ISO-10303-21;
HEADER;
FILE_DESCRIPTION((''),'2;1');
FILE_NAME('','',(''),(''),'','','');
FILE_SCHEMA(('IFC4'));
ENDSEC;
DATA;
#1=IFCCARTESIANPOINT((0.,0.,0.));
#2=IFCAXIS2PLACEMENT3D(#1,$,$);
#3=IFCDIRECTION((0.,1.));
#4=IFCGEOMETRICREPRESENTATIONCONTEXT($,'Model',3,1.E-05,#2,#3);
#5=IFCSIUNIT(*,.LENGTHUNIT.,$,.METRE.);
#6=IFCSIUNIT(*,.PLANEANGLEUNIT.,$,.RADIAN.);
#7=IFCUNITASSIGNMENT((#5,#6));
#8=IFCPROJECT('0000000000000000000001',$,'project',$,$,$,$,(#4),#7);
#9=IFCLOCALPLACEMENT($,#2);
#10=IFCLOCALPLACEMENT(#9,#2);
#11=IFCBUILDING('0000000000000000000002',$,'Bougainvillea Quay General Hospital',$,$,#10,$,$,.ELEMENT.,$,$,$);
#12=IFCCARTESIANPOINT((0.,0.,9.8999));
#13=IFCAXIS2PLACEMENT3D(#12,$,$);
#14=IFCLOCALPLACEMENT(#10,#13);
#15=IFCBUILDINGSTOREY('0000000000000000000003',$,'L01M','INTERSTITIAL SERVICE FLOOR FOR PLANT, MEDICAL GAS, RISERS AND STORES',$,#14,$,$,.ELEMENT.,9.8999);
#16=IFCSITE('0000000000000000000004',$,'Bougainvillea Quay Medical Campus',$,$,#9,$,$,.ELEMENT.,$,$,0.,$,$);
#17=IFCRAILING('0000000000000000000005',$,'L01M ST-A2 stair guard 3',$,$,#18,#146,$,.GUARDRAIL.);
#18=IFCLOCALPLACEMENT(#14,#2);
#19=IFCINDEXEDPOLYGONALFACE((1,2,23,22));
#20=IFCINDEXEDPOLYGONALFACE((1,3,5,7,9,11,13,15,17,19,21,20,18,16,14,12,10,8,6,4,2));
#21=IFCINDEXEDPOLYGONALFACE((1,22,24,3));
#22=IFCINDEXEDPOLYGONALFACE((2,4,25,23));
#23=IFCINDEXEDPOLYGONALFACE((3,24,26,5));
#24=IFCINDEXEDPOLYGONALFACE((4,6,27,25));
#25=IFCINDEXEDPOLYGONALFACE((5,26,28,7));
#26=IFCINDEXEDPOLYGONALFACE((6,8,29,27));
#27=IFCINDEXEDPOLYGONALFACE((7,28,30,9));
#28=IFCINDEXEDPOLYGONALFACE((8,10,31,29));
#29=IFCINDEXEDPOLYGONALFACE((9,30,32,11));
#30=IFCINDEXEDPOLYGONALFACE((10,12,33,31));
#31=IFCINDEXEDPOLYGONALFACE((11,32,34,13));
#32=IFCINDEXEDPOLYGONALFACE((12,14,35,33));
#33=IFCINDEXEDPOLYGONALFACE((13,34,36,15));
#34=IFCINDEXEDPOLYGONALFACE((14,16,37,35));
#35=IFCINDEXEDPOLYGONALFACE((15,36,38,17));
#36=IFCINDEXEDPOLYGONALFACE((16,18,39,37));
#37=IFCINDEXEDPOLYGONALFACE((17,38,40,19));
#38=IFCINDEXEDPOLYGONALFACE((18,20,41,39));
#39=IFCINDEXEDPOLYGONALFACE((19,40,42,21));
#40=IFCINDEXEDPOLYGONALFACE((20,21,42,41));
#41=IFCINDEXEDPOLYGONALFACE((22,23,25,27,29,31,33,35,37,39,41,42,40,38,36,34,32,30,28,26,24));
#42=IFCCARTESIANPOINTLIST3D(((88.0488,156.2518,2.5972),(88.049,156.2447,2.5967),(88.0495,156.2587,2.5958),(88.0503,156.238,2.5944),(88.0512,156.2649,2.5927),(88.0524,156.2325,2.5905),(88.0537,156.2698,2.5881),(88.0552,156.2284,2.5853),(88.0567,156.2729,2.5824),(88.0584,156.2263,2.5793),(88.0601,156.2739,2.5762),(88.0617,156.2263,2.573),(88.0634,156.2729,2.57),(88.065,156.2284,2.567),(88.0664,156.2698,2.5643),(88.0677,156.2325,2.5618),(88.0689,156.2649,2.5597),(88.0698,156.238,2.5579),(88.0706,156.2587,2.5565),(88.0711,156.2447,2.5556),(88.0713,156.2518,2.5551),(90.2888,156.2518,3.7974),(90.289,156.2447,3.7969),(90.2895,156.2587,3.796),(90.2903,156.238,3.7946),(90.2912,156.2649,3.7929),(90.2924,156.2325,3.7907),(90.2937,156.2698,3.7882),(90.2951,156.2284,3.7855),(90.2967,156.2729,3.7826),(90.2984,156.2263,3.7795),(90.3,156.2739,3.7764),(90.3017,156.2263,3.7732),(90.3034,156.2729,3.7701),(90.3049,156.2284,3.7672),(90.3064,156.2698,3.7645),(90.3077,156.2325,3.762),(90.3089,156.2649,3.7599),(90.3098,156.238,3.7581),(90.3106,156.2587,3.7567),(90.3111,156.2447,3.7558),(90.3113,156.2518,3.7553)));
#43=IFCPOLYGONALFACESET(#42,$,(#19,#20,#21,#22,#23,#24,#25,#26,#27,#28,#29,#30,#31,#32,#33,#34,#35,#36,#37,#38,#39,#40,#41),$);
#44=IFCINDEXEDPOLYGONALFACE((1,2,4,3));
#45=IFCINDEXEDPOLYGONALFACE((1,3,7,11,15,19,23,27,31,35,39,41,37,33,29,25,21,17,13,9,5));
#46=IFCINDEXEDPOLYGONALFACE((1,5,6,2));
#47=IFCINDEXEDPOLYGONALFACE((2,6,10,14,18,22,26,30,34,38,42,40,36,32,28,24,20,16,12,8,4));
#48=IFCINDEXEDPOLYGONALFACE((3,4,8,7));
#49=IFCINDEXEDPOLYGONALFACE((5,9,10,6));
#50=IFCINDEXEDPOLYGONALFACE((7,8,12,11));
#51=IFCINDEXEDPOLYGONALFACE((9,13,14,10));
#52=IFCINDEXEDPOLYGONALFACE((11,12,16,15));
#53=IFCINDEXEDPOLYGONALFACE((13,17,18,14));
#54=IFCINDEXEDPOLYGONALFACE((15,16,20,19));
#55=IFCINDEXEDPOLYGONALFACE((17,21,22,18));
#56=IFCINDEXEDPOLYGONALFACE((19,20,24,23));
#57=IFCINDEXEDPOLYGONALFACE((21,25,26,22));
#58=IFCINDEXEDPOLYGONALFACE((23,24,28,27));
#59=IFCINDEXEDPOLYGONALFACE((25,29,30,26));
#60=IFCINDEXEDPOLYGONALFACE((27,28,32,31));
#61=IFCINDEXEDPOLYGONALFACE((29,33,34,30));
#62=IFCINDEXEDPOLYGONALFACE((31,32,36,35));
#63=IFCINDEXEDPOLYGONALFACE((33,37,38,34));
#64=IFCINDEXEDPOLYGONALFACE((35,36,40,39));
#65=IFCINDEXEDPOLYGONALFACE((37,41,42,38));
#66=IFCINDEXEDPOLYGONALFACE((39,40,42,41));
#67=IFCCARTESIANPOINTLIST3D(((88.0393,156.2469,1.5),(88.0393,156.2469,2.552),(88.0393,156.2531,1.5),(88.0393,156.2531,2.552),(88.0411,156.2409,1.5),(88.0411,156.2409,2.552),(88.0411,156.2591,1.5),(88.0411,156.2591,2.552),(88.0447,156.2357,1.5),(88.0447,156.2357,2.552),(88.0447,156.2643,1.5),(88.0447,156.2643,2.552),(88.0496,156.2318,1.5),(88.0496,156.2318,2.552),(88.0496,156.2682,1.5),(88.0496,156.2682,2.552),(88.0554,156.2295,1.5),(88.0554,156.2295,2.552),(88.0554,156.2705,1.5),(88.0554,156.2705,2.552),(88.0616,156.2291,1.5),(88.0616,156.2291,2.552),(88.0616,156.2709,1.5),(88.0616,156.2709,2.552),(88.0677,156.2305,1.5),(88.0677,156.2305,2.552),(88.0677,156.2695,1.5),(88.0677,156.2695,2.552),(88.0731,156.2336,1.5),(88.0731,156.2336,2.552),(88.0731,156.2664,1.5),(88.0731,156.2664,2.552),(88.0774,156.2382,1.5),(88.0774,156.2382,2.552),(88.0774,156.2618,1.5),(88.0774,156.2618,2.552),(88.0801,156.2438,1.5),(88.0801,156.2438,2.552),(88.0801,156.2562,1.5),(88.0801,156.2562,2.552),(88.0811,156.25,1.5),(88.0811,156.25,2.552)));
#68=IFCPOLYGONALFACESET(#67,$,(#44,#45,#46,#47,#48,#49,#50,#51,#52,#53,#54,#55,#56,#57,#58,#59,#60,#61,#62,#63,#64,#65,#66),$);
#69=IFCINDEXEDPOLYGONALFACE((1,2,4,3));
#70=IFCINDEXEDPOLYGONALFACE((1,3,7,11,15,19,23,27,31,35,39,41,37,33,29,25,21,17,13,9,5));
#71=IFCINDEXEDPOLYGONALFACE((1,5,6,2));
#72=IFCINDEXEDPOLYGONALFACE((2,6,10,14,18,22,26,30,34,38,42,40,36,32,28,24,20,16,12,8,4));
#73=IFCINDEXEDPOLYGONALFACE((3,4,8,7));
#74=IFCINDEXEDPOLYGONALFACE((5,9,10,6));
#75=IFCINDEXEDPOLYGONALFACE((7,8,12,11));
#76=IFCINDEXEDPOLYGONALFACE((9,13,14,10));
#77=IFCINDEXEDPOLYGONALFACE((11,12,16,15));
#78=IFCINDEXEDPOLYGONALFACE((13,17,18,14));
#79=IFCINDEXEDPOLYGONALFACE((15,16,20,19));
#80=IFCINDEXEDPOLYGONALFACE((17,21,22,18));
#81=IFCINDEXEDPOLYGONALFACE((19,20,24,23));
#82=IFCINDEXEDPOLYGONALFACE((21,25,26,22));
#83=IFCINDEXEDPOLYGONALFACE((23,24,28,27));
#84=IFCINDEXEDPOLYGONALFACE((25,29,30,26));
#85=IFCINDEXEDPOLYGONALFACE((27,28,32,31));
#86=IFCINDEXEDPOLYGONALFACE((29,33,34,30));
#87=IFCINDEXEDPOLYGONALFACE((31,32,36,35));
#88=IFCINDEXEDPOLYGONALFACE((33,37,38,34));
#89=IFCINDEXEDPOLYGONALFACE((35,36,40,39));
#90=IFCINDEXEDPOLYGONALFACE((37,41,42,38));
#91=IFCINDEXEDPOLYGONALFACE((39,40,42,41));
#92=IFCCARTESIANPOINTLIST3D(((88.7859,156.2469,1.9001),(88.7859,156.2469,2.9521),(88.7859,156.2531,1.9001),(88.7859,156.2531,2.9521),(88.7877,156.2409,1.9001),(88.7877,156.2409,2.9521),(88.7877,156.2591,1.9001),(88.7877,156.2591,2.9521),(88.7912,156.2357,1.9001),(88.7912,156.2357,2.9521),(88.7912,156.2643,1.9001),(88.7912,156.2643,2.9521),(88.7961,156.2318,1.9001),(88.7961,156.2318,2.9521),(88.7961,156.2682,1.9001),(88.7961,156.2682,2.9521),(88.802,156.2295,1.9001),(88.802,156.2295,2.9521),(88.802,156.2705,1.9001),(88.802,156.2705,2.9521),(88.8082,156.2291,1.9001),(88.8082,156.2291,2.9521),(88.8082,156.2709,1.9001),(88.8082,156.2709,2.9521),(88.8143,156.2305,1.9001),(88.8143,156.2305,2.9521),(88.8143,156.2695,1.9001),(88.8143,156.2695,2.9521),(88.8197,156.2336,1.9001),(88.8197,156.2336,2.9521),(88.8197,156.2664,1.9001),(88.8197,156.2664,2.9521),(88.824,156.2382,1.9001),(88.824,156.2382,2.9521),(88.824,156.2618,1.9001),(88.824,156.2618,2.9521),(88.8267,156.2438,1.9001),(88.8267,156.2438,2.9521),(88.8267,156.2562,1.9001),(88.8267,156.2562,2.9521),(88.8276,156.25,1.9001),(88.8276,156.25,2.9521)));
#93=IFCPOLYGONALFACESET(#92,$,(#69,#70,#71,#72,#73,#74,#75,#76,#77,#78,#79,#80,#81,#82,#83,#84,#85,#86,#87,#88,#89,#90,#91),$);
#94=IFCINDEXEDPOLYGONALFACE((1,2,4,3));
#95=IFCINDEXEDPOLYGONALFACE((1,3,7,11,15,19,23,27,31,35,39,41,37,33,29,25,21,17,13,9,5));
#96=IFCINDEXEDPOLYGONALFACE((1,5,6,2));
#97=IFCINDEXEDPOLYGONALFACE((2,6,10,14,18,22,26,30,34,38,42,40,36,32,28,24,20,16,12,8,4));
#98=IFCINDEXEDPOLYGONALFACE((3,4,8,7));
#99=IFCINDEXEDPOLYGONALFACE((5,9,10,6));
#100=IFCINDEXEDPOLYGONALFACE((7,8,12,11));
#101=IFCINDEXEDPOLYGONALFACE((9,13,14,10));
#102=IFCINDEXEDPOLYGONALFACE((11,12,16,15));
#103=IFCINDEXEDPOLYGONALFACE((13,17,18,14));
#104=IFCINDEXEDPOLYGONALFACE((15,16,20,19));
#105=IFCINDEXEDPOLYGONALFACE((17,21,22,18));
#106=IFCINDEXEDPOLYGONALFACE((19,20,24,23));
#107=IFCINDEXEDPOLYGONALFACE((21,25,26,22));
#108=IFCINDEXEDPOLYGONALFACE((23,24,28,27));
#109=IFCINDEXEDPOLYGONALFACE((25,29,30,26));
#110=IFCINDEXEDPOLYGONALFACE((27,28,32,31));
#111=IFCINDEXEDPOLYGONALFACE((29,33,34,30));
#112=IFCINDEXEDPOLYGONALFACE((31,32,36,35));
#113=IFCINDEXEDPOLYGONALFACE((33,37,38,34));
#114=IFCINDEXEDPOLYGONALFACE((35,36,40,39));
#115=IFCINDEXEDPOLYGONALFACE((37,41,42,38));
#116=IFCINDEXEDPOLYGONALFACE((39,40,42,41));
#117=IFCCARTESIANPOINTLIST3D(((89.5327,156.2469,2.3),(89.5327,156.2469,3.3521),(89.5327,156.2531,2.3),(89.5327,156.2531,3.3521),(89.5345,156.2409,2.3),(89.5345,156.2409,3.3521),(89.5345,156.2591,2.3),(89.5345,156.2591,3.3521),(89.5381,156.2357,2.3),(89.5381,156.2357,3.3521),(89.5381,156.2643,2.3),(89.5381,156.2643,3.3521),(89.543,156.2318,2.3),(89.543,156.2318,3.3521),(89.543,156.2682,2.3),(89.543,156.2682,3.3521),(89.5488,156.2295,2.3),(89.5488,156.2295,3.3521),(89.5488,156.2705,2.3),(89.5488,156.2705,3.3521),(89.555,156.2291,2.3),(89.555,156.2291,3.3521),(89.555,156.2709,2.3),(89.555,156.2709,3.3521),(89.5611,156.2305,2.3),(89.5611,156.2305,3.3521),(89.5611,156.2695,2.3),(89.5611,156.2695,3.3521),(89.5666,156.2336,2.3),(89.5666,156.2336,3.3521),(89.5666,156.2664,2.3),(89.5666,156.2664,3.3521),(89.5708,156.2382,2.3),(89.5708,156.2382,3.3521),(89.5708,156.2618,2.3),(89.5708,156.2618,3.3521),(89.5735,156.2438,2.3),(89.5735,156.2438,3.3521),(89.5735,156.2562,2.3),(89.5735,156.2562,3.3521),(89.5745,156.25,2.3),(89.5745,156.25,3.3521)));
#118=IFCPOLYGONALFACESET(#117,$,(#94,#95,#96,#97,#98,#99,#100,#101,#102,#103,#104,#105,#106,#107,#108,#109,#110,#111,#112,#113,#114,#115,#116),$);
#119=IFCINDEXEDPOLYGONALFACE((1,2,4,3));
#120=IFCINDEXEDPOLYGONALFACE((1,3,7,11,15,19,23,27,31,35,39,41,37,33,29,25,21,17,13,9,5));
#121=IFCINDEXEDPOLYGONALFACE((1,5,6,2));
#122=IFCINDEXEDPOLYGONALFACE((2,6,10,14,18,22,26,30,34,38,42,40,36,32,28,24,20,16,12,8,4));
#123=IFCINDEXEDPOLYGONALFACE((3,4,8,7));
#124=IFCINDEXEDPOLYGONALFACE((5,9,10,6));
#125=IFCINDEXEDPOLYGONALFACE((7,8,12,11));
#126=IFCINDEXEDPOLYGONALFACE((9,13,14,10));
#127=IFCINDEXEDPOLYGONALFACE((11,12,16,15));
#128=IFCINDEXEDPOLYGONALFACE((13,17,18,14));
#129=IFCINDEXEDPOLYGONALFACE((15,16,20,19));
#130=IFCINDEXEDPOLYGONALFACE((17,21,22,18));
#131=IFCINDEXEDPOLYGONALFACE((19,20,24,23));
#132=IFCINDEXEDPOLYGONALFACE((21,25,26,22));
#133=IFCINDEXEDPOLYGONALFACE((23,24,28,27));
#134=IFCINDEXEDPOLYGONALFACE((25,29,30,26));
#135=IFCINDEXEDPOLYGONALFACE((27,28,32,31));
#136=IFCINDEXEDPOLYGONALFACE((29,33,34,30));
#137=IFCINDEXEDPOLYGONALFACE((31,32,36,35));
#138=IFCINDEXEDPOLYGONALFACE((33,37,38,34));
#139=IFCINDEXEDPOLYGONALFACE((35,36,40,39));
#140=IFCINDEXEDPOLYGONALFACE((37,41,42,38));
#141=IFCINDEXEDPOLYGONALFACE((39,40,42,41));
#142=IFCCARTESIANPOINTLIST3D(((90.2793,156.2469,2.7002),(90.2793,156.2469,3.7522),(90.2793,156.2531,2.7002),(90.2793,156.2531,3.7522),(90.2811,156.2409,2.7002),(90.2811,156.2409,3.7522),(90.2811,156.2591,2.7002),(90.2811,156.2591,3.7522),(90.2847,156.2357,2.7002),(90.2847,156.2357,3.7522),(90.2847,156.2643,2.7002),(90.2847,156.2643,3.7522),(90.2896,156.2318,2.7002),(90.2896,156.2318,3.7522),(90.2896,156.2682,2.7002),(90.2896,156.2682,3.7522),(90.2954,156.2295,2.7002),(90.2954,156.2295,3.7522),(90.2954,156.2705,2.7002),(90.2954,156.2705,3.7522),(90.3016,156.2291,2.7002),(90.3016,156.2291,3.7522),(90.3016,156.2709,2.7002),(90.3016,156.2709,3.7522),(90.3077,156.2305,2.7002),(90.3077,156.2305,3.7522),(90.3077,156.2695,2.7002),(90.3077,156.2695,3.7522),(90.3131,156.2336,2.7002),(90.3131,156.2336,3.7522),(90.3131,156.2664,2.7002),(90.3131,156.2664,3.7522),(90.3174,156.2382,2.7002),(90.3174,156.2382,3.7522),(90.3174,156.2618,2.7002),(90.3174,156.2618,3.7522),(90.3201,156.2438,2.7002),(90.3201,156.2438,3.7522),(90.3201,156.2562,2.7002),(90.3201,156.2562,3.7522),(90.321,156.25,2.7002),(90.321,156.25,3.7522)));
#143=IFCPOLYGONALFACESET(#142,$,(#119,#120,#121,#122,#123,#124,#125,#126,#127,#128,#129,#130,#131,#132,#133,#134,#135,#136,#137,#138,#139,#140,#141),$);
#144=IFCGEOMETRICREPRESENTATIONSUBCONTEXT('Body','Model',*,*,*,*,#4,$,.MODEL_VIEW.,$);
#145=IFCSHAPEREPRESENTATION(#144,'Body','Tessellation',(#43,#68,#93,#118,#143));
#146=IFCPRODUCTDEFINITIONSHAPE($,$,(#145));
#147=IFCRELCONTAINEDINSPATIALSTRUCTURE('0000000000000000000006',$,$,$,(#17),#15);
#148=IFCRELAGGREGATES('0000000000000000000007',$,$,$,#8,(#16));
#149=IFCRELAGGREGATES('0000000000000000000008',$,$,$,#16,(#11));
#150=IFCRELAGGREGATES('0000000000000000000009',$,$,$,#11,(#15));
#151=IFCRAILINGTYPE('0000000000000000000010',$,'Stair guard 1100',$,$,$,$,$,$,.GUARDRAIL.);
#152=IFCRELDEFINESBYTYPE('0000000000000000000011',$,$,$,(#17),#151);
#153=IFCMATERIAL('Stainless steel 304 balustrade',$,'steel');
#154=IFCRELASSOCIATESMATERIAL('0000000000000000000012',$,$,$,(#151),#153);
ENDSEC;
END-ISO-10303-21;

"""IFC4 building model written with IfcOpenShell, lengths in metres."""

from ifc_helpers import new_model, si_unit, direction, frame, origin, origin_2d, place, context, subcontext, project, spatial, circle, extrude, material, type_object, element, save


model = new_model("IFC4")

# Units and contexts
model_context = context("Model", 3, precision=1e-05, world=origin(), true_north=direction((0.0, 1.0)))
body_context = subcontext(model_context, "Body", "Model", "MODEL_VIEW")
ifc_project = project(units=[si_unit("LENGTHUNIT", "METRE"), si_unit("PLANEANGLEUNIT", "RADIAN")], contexts=[model_context])

# Site, building, storey
site_placement = place(None, origin())
site = spatial("IfcSite", under=ifc_project, at=site_placement, Name="Bougainvillea Quay Medical Campus", CompositionType="ELEMENT", RefElevation=0.0)
building_placement = place(site_placement, origin())
building = spatial("IfcBuilding", under=site, at=building_placement, Name="Bougainvillea Quay General Hospital", CompositionType="ELEMENT")
storey_placement = place(building_placement, frame((0.0, 0.0, 9.8999)))
storey = spatial("IfcBuildingStorey", under=building, at=storey_placement, Name="L01M", Description="INTERSTITIAL SERVICE FLOOR FOR PLANT, MEDICAL GAS, RISERS AND STORES", CompositionType="ELEMENT", Elevation=9.8999)

# Railing
ifc_material_1 = material(Name="Stainless steel 304 balustrade", Category="steel")
railing_type_1 = type_object("IfcRailingType", Name="Stair guard 1100", PredefinedType="GUARDRAIL", material=ifc_material_1)
railing_1_placement = place(storey_placement, frame((88.0601, 156.25, 1.5)))
element("IfcRailing", 1, at=railing_1_placement, inside=storey, type_object=railing_type_1, Name="L01M ST-A2 stair guard 3", PredefinedType="GUARDRAIL", context=body_context, shape_type="SweptSolid", body=[
    extrude(circle(Radius=0.0239, at=origin_2d()), frame((0.0, 0.0, 1.0762), z_axis=(0.881447, 0.0, 0.472283), x_axis=(0.0, 1.0, 0.0)), (0.0, 0.0, 1.0), 2.5413),
    extrude(circle(Radius=0.021, at=origin_2d()), origin(), (0.0, 0.0, 1.0), 1.052),
    extrude(circle(Radius=0.021, at=origin_2d()), frame((0.7466, 0.0, 0.4001)), (0.0, 0.0, 1.0), 1.052),
    extrude(circle(Radius=0.021, at=origin_2d()), frame((1.4934, 0.0, 0.8)), (0.0, 0.0, 1.0), 1.052),
    extrude(circle(Radius=0.021, at=origin_2d()), frame((2.24, 0.0, 1.2002)), (0.0, 0.0, 1.0), 1.052),
])

save(model, "model.ifc")
